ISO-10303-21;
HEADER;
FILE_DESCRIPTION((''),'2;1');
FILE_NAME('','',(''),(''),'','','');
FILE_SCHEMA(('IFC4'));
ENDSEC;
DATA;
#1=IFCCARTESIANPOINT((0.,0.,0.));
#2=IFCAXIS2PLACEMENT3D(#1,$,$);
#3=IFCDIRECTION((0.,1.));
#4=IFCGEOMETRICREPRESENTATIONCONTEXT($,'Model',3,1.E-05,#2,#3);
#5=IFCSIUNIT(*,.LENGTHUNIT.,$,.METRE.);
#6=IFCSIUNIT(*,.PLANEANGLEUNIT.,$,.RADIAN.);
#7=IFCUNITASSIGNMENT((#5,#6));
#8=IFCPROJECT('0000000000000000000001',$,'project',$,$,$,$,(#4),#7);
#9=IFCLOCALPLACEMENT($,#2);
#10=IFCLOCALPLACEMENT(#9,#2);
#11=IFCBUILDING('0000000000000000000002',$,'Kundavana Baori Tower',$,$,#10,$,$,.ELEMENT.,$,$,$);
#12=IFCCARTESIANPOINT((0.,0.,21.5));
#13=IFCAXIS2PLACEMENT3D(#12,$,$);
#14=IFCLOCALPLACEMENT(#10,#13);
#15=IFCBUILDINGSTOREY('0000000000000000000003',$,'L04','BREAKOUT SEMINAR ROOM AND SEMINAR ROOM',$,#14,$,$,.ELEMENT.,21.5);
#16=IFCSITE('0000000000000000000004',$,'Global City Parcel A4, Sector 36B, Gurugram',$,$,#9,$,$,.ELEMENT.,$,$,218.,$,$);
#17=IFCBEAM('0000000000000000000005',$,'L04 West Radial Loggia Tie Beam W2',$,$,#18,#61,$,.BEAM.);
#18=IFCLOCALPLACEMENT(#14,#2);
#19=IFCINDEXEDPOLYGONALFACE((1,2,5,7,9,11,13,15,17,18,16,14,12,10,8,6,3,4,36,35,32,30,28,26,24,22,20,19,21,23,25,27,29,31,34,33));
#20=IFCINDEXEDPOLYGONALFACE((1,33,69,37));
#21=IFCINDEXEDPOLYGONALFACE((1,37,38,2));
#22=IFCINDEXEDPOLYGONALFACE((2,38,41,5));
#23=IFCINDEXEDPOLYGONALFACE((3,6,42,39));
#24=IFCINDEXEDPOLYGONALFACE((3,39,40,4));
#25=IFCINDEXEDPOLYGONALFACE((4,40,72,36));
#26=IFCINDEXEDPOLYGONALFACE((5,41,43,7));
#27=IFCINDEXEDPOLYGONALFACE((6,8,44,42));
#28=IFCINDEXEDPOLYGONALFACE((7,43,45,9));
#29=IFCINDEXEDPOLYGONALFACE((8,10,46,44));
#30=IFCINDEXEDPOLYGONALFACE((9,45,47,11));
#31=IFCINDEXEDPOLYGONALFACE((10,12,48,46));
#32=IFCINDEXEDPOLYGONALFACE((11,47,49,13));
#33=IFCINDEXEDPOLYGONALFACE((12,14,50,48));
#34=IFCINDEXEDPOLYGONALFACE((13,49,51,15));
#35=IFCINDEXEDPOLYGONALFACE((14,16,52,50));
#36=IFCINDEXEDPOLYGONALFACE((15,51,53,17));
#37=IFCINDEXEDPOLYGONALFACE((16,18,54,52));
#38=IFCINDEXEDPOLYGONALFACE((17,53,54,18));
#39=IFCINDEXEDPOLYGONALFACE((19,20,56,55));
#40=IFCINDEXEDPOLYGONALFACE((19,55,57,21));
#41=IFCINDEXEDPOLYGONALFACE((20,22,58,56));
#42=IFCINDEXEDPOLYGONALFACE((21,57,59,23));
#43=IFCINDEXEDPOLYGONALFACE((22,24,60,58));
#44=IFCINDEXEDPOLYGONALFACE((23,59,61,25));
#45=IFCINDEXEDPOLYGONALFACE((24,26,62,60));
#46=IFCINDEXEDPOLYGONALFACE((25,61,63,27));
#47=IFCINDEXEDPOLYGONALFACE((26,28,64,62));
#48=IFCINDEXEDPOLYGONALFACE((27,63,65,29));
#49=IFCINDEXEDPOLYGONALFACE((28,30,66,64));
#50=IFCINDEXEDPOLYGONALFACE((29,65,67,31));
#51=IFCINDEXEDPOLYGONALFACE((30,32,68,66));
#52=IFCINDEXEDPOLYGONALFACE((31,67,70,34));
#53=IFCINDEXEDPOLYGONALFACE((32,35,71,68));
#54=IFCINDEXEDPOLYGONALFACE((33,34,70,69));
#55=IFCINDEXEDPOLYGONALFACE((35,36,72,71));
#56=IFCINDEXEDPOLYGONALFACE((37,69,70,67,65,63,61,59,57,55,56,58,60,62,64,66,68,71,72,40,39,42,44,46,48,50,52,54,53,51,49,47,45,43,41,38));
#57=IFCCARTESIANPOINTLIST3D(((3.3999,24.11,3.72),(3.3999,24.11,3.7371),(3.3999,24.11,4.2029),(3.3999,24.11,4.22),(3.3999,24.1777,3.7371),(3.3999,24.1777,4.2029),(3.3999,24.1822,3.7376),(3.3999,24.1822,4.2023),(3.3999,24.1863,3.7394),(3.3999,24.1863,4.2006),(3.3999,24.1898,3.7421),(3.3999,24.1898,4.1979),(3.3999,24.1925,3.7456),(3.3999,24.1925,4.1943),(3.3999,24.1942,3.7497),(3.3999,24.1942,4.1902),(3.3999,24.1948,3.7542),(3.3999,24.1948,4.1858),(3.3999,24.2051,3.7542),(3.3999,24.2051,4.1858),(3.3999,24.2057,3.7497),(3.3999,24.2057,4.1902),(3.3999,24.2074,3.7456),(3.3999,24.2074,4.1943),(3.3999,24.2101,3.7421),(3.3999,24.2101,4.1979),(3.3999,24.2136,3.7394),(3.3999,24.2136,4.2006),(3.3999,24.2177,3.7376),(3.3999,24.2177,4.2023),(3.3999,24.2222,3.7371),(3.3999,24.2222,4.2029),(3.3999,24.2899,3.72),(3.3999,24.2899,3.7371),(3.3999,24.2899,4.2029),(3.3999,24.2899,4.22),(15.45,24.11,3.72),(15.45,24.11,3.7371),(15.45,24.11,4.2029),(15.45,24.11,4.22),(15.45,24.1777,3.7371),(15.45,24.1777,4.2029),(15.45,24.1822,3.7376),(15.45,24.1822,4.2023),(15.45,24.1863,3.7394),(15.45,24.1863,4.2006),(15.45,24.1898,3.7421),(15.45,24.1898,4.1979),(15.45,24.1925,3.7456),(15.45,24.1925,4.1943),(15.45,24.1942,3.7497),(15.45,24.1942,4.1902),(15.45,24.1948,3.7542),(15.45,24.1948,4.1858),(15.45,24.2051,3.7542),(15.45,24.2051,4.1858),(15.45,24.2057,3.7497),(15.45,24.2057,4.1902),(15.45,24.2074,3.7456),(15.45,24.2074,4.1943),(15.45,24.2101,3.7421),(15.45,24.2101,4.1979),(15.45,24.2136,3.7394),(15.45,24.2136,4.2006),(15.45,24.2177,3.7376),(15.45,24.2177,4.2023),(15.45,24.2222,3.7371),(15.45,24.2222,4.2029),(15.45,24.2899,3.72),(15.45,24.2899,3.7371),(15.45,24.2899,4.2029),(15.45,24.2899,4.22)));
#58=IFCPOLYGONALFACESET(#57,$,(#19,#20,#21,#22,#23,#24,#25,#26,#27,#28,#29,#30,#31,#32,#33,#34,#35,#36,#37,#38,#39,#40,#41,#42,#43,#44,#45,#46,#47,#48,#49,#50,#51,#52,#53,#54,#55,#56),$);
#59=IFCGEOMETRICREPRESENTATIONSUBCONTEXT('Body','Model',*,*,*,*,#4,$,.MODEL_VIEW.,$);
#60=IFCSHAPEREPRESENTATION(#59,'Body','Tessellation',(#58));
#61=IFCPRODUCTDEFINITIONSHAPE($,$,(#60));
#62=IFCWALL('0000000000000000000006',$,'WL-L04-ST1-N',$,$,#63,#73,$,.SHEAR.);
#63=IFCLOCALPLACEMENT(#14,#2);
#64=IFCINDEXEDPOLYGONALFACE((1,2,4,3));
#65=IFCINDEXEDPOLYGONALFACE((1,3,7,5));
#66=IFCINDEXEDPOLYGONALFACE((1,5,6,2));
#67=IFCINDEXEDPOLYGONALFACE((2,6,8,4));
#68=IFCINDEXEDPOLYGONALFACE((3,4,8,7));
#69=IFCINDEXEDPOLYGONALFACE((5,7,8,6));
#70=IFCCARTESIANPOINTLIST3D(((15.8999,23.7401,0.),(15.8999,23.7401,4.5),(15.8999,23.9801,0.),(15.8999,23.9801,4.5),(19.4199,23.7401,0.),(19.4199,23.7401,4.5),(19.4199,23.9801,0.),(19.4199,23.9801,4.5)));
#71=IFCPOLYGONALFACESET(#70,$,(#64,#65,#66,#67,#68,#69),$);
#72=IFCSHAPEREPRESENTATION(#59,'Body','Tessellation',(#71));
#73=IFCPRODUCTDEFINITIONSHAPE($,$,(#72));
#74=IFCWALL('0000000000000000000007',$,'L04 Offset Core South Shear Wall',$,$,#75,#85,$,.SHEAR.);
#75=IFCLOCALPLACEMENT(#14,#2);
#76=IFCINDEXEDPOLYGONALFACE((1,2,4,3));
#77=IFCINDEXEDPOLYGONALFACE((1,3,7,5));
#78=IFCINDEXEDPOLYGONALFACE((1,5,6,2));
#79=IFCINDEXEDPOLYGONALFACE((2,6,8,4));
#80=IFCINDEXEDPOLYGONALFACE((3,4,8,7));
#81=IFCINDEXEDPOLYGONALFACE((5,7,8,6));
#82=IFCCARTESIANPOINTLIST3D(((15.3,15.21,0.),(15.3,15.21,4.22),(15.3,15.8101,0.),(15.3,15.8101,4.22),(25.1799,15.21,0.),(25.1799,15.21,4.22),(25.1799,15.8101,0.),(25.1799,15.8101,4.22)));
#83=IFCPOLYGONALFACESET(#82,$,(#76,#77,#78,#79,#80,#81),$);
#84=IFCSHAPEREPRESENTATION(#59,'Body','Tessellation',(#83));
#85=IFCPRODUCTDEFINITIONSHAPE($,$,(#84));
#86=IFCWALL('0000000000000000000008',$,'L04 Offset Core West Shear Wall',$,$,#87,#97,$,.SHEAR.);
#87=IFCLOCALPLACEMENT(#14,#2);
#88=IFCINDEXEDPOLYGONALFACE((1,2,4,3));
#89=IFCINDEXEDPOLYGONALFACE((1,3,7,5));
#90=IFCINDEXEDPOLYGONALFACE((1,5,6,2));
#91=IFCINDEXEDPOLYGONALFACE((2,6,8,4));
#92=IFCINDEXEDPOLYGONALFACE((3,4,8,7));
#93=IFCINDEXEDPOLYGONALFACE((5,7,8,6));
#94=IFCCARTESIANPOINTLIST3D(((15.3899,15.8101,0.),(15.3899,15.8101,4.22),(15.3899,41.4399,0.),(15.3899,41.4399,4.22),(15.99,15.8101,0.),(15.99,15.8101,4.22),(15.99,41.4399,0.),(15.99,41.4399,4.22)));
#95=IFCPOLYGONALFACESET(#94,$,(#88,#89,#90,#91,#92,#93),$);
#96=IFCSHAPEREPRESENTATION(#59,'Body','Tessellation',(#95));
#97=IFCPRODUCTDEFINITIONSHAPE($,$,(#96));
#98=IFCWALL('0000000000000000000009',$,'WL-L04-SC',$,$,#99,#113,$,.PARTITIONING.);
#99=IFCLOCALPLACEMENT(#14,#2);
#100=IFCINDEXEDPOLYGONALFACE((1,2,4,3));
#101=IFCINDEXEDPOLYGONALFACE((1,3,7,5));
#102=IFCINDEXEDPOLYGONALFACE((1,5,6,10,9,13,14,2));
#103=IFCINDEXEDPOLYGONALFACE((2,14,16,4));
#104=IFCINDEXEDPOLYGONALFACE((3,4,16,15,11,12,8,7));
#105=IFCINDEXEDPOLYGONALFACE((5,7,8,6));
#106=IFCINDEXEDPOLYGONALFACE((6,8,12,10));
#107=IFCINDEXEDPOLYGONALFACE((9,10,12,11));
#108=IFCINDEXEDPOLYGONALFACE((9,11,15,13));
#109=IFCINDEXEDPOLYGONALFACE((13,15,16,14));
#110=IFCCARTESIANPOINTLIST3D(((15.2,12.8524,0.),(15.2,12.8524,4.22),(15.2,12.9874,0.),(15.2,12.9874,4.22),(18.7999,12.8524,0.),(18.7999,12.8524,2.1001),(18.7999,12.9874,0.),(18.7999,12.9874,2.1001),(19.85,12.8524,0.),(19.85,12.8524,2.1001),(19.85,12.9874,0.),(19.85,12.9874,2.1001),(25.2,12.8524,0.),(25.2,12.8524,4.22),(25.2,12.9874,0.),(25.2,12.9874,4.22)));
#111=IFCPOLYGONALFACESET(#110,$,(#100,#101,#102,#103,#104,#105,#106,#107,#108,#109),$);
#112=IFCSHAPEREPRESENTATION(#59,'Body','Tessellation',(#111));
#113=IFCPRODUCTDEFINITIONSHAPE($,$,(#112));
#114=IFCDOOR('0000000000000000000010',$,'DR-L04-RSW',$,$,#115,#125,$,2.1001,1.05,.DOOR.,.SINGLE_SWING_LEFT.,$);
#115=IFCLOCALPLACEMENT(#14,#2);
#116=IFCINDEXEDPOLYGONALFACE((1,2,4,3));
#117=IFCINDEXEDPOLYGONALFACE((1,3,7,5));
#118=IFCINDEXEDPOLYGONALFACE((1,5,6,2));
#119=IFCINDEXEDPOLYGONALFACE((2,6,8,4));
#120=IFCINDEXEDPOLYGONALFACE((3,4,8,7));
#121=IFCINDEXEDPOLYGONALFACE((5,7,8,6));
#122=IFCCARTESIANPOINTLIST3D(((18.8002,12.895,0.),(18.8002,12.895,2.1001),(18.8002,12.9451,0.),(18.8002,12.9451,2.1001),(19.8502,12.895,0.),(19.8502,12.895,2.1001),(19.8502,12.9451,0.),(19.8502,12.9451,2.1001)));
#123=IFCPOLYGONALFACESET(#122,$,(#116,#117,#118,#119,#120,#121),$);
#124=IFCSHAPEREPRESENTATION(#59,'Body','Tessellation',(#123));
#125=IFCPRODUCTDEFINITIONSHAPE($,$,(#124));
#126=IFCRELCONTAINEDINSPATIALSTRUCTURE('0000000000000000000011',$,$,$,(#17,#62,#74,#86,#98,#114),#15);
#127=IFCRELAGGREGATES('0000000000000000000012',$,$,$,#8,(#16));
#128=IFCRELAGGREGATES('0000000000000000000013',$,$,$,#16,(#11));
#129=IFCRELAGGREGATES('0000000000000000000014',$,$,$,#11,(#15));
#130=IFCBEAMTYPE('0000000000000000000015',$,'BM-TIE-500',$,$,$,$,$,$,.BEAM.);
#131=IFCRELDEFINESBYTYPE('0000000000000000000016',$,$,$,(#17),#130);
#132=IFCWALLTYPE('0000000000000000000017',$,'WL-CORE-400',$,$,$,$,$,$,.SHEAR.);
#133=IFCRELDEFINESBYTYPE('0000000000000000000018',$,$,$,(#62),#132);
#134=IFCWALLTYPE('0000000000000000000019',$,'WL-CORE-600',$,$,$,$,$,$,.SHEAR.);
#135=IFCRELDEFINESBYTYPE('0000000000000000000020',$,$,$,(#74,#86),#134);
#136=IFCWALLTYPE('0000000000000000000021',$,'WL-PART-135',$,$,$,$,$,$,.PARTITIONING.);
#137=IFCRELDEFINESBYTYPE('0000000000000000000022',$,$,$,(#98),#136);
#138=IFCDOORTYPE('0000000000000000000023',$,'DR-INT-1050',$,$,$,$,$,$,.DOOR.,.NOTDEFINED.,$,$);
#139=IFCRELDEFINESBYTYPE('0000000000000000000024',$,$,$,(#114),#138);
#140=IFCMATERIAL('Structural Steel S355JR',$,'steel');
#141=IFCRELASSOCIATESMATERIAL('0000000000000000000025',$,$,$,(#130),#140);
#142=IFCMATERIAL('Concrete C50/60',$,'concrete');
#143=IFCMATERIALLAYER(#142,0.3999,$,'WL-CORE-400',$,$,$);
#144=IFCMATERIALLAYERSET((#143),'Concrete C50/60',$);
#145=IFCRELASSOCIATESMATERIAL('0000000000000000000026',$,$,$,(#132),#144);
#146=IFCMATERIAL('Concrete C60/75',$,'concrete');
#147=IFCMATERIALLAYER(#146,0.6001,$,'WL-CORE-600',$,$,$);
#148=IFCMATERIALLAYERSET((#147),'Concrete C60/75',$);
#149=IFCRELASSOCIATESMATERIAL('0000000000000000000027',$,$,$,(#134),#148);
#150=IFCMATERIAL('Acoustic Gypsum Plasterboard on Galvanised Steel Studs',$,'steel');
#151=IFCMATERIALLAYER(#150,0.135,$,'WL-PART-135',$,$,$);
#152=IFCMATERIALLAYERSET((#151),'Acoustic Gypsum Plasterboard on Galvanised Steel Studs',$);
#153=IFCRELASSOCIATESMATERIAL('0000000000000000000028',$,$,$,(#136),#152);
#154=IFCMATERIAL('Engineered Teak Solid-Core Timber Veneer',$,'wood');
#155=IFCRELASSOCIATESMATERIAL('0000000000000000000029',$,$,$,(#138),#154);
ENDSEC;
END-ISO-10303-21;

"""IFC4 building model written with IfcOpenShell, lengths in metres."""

from ifc_helpers import new_model, si_unit, direction, frame, frame_2d, origin, origin_2d, place, context, subcontext, project, spatial, rectangle, i_section, extrude, material, layer, layer_set, material_profile, profile_set, type_object, element, fill, save


model = new_model("IFC4")

# Units and contexts
model_context = context("Model", 3, precision=1e-05, world=origin(), true_north=direction((0.0, 1.0)))
body_context = subcontext(model_context, "Body", "Model", "MODEL_VIEW")
ifc_project = project(units=[si_unit("LENGTHUNIT", "METRE"), si_unit("PLANEANGLEUNIT", "RADIAN")], contexts=[model_context])

# Site, building, storey
site_placement = place(None, origin())
site = spatial("IfcSite", under=ifc_project, at=site_placement, Name="Global City Parcel A4, Sector 36B, Gurugram", CompositionType="ELEMENT", RefElevation=218.0)
building_placement = place(site_placement, origin())
building = spatial("IfcBuilding", under=site, at=building_placement, Name="Kundavana Baori Tower", CompositionType="ELEMENT")
storey_placement = place(building_placement, frame((0.0, 0.0, 21.5)))
storey = spatial("IfcBuildingStorey", under=building, at=storey_placement, Name="L04", Description="BREAKOUT SEMINAR ROOM AND SEMINAR ROOM", CompositionType="ELEMENT", Elevation=21.5)

# Beam
ifc_material_1 = material(Name="Structural Steel S355JR", Category="steel")
ifc_material_profile_1 = material_profile(ifc_material_1, i_section(OverallWidth=0.1799, OverallDepth=0.5, WebThickness=0.0103, FlangeThickness=0.0171, FilletRadius=0.0171, at=origin_2d()), Name="ISMB 500")
ifc_profile_set_1 = profile_set([ifc_material_profile_1], Name="Structural Steel S355JR")
beam_type_1 = type_object("IfcBeamType", Name="BM-TIE-500", PredefinedType="BEAM", material=ifc_profile_set_1)
for number, where, z_axis, x_axis, name in (
    (1, (15.45, 24.2, 3.97), (-1.0, 0.0, 0.0), (0.0, -1.0, 0.0), "L04 West Radial Loggia Tie Beam W2"),
):
    element("IfcBeam", number, at=place(storey_placement, frame(where, z_axis=z_axis, x_axis=x_axis)), inside=storey, type_object=beam_type_1, Name=name, PredefinedType="BEAM", context=body_context, shape_type="SweptSolid", body=[
        extrude(i_section(OverallWidth=0.1799, OverallDepth=0.5, WebThickness=0.0103, FlangeThickness=0.0171, FilletRadius=0.0171, at=origin_2d()), origin(), (0.0, 0.0, 1.0), 12.05),
    ])

# Walls
ifc_material_2 = material(Name="Concrete C50/60", Category="concrete")
ifc_layer_1 = layer(ifc_material_2, 0.3999, Name="WL-CORE-400")
ifc_layer_set_1 = layer_set([ifc_layer_1], Name="Concrete C50/60")
wall_type_1 = type_object("IfcWallType", Name="WL-CORE-400", PredefinedType="SHEAR", material=ifc_layer_set_1)
wall_1_placement = place(storey_placement, frame((15.8999, 23.8601, 0.0), z_axis=(0.0, 0.0, 1.0), x_axis=(1.0, 0.0, 0.0)))
element("IfcWall", 2, at=wall_1_placement, inside=storey, type_object=wall_type_1, Name="WL-L04-ST1-N", PredefinedType="SHEAR", context=body_context, shape_type="SweptSolid", body=[
    extrude(rectangle(XDim=3.52, YDim=0.24, at=frame_2d((1.76, 0.0))), origin(), (0.0, 0.0, 1.0), 4.5),
])
ifc_material_3 = material(Name="Concrete C60/75", Category="concrete")
ifc_layer_2 = layer(ifc_material_3, 0.6001, Name="WL-CORE-600")
ifc_layer_set_2 = layer_set([ifc_layer_2], Name="Concrete C60/75")
wall_type_2 = type_object("IfcWallType", Name="WL-CORE-600", PredefinedType="SHEAR", material=ifc_layer_set_2)
wall_2_placement = place(storey_placement, frame((15.3, 15.51, 0.0), z_axis=(0.0, 0.0, 1.0), x_axis=(1.0, 0.0, 0.0)))
element("IfcWall", 3, at=wall_2_placement, inside=storey, type_object=wall_type_2, Name="L04 Offset Core South Shear Wall", PredefinedType="SHEAR", context=body_context, shape_type="SweptSolid", body=[
    extrude(rectangle(XDim=9.8799, YDim=0.6001, at=frame_2d((4.9399, 0.0))), origin(), (0.0, 0.0, 1.0), 4.22),
])
wall_3_placement = place(storey_placement, frame((15.6899, 15.8101, 0.0), z_axis=(0.0, 0.0, 1.0), x_axis=(0.0, 1.0, 0.0)))
element("IfcWall", 4, at=wall_3_placement, inside=storey, type_object=wall_type_2, Name="L04 Offset Core West Shear Wall", PredefinedType="SHEAR", context=body_context, shape_type="SweptSolid", body=[
    extrude(rectangle(XDim=25.6299, YDim=0.6001, at=frame_2d((12.8149, 0.0))), origin(), (0.0, 0.0, 1.0), 4.22),
])

# Wall, opening, door
ifc_material_4 = material(Name="Acoustic Gypsum Plasterboard on Galvanised Steel Studs", Category="steel")
ifc_layer_3 = layer(ifc_material_4, 0.135, Name="WL-PART-135")
ifc_layer_set_3 = layer_set([ifc_layer_3], Name="Acoustic Gypsum Plasterboard on Galvanised Steel Studs")
wall_type_3 = type_object("IfcWallType", Name="WL-PART-135", PredefinedType="PARTITIONING", material=ifc_layer_set_3)
wall_4_placement = place(storey_placement, frame((15.2, 12.9199, 0.0), z_axis=(0.0, 0.0, 1.0), x_axis=(1.0, 0.0, 0.0)))
wall_4 = element("IfcWall", 5, at=wall_4_placement, inside=storey, type_object=wall_type_3, Name="WL-L04-SC", PredefinedType="PARTITIONING", context=body_context, shape_type="SweptSolid", body=[
    extrude(rectangle(XDim=10.0, YDim=0.135, at=frame_2d((5.0, 0.0))), origin(), (0.0, 0.0, 1.0), 4.22),
])
opening_1_placement = place(wall_4_placement, frame((3.6001, 0.0, 0.0)))
opening_1 = element("IfcOpeningElement", 6, at=opening_1_placement, cuts=wall_4, PredefinedType="OPENING", context=body_context, shape_type="SweptSolid", body=[
    extrude(rectangle(XDim=1.05, YDim=2.1001, at=frame_2d((0.5249, 1.05))), frame((0.0, 0.0776, 0.0), z_axis=(0.0, -1.0, 0.0), x_axis=(1.0, 0.0, 0.0)), (0.0, 0.0, 1.0), 0.155),
])
ifc_material_5 = material(Name="Engineered Teak Solid-Core Timber Veneer", Category="wood")
door_type_1 = type_object("IfcDoorType", Name="DR-INT-1050", OperationType="NOTDEFINED", PredefinedType="DOOR", material=ifc_material_5)
door_1_placement = place(opening_1_placement, frame((1.05, 0.0, 0.0), z_axis=(0.0, 0.0, 1.0), x_axis=(-1.0, 0.0, 0.0)))
door_1 = element("IfcDoor", 7, at=door_1_placement, inside=storey, type_object=door_type_1, Name="DR-L04-RSW", OperationType="SINGLE_SWING_LEFT", OverallHeight=2.1001, OverallWidth=1.05, PredefinedType="DOOR", context=body_context, shape_type="SweptSolid", body=[
    extrude(rectangle(XDim=1.05, YDim=2.1001, at=frame_2d((0.5249, 1.05))), frame((0.0, 0.0249, 0.0), z_axis=(0.0, -1.0, 0.0), x_axis=(1.0, 0.0, 0.0)), (0.0, 0.0, 1.0), 0.05),
])
fill(opening_1, door_1)

save(model, "model.ifc")
